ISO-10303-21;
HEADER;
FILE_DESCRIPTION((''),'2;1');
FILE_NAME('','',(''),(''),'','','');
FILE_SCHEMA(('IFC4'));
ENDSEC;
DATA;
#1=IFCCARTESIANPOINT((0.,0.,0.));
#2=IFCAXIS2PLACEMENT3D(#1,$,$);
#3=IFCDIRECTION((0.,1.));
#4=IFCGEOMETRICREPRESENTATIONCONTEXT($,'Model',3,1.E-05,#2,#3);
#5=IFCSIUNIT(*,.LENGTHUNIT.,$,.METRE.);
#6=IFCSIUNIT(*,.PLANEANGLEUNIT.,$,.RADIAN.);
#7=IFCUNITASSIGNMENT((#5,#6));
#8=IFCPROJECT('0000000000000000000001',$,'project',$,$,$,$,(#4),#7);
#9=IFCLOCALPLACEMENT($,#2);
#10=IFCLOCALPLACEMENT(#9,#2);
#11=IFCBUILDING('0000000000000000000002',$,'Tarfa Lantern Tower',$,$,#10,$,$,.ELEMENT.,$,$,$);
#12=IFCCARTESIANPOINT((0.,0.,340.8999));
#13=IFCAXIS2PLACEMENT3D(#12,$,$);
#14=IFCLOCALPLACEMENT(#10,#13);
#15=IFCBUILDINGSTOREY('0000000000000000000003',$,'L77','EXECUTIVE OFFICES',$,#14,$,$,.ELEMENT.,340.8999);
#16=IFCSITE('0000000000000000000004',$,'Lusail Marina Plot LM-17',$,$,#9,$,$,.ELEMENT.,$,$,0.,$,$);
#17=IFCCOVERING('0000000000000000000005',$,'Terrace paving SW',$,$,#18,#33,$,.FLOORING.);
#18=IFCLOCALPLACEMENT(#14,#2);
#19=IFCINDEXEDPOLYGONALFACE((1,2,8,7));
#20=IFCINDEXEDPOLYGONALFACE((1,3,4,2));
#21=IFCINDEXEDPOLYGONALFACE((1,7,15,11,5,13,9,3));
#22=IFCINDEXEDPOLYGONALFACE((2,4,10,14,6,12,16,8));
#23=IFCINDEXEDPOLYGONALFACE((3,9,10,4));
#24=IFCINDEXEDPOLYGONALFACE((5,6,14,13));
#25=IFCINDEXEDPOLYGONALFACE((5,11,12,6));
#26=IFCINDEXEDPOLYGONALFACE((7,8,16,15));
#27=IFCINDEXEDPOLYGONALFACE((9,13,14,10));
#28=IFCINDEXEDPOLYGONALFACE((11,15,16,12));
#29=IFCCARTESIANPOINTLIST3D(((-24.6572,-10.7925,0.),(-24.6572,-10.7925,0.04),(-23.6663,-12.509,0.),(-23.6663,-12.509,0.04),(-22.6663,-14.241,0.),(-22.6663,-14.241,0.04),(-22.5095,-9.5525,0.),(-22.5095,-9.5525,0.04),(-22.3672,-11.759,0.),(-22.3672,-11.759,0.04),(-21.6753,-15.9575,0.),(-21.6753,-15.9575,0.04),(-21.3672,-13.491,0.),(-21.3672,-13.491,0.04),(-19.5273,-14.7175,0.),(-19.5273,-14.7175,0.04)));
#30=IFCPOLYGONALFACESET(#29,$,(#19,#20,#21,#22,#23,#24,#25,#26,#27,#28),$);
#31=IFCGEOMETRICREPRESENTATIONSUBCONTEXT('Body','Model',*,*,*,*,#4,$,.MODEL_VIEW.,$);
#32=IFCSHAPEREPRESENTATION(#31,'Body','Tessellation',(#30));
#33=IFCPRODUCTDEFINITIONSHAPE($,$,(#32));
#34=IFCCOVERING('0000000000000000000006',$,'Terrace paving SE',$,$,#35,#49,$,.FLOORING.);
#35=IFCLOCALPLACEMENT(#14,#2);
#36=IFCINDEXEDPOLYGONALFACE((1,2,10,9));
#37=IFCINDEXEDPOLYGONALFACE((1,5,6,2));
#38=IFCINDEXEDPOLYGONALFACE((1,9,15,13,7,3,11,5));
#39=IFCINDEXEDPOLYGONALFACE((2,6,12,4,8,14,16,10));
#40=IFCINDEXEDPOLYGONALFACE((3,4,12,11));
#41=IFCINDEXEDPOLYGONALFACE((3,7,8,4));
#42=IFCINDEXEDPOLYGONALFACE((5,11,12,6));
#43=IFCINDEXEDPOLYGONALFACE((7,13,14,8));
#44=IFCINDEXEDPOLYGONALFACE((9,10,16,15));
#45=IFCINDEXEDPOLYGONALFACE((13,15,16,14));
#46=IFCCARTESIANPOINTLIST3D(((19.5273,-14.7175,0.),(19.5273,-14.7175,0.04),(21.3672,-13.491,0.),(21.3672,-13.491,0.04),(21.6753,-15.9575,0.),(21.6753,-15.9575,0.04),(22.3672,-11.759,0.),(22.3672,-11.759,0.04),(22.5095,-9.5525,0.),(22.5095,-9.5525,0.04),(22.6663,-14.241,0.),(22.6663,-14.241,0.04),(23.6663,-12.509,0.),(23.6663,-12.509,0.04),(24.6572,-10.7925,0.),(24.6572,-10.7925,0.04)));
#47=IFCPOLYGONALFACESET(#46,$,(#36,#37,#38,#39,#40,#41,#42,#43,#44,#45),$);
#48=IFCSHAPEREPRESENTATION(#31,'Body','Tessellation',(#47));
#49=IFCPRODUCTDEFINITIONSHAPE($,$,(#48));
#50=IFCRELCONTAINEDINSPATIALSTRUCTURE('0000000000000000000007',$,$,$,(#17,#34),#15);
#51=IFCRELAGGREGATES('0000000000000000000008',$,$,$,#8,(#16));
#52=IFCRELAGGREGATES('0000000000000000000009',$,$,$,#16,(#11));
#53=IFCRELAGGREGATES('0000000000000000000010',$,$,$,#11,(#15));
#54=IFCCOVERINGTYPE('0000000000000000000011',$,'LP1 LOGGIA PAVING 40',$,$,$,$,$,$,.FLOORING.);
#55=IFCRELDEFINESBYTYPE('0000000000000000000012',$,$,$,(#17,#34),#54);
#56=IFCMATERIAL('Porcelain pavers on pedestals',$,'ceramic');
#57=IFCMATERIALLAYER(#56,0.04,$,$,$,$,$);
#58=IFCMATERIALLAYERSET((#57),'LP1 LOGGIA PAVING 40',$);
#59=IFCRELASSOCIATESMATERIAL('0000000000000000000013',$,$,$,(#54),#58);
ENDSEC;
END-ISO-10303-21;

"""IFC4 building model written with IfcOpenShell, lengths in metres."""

from ifc_helpers import new_model, si_unit, direction, frame, origin, place, context, subcontext, project, spatial, polyline, outline, extrude, material, layer, layer_set, type_object, element, save


model = new_model("IFC4")

# Units and contexts
model_context = context("Model", 3, precision=1e-05, world=origin(), true_north=direction((0.0, 1.0)))
body_context = subcontext(model_context, "Body", "Model", "MODEL_VIEW")
ifc_project = project(units=[si_unit("LENGTHUNIT", "METRE"), si_unit("PLANEANGLEUNIT", "RADIAN")], contexts=[model_context])

# Site, building, storey
site_placement = place(None, origin())
site = spatial("IfcSite", under=ifc_project, at=site_placement, Name="Lusail Marina Plot LM-17", CompositionType="ELEMENT", RefElevation=0.0)
building_placement = place(site_placement, origin())
building = spatial("IfcBuilding", under=site, at=building_placement, Name="Tarfa Lantern Tower", CompositionType="ELEMENT")
storey_placement = place(building_placement, frame((0.0, 0.0, 340.8999)))
storey = spatial("IfcBuildingStorey", under=building, at=storey_placement, Name="L77", Description="EXECUTIVE OFFICES", CompositionType="ELEMENT", Elevation=340.8999)

# Coverings
ifc_material_1 = material(Name="Porcelain pavers on pedestals", Category="ceramic")
ifc_layer_1 = layer(ifc_material_1, 0.04)
ifc_layer_set_1 = layer_set([ifc_layer_1], Name="LP1 LOGGIA PAVING 40")
covering_type = type_object("IfcCoveringType", Name="LP1 LOGGIA PAVING 40", PredefinedType="FLOORING", material=ifc_layer_set_1)
covering_1_placement = place(storey_placement, origin())
element("IfcCovering", 1, at=covering_1_placement, inside=storey, type_object=covering_type, Name="Terrace paving SW", PredefinedType="FLOORING", context=body_context, shape_type="SweptSolid", body=[
    extrude(outline(polyline([(-24.6572, -10.7925), (-22.5095, -9.5525), (-19.5273, -14.7175), (-21.6753, -15.9575), (-22.6663, -14.241), (-21.3672, -13.491), (-22.3672, -11.759), (-23.6663, -12.509), (-24.6572, -10.7925)])), origin(), (0.0, 0.0, 1.0), 0.04),
])
covering_2_placement = place(storey_placement, origin())
element("IfcCovering", 2, at=covering_2_placement, inside=storey, type_object=covering_type, Name="Terrace paving SE", PredefinedType="FLOORING", context=body_context, shape_type="SweptSolid", body=[
    extrude(outline(polyline([(21.6753, -15.9575), (19.5273, -14.7175), (22.5095, -9.5525), (24.6572, -10.7925), (23.6663, -12.509), (22.3672, -11.759), (21.3672, -13.491), (22.6663, -14.241), (21.6753, -15.9575)])), origin(), (0.0, 0.0, 1.0), 0.04),
])

save(model, "model.ifc")
